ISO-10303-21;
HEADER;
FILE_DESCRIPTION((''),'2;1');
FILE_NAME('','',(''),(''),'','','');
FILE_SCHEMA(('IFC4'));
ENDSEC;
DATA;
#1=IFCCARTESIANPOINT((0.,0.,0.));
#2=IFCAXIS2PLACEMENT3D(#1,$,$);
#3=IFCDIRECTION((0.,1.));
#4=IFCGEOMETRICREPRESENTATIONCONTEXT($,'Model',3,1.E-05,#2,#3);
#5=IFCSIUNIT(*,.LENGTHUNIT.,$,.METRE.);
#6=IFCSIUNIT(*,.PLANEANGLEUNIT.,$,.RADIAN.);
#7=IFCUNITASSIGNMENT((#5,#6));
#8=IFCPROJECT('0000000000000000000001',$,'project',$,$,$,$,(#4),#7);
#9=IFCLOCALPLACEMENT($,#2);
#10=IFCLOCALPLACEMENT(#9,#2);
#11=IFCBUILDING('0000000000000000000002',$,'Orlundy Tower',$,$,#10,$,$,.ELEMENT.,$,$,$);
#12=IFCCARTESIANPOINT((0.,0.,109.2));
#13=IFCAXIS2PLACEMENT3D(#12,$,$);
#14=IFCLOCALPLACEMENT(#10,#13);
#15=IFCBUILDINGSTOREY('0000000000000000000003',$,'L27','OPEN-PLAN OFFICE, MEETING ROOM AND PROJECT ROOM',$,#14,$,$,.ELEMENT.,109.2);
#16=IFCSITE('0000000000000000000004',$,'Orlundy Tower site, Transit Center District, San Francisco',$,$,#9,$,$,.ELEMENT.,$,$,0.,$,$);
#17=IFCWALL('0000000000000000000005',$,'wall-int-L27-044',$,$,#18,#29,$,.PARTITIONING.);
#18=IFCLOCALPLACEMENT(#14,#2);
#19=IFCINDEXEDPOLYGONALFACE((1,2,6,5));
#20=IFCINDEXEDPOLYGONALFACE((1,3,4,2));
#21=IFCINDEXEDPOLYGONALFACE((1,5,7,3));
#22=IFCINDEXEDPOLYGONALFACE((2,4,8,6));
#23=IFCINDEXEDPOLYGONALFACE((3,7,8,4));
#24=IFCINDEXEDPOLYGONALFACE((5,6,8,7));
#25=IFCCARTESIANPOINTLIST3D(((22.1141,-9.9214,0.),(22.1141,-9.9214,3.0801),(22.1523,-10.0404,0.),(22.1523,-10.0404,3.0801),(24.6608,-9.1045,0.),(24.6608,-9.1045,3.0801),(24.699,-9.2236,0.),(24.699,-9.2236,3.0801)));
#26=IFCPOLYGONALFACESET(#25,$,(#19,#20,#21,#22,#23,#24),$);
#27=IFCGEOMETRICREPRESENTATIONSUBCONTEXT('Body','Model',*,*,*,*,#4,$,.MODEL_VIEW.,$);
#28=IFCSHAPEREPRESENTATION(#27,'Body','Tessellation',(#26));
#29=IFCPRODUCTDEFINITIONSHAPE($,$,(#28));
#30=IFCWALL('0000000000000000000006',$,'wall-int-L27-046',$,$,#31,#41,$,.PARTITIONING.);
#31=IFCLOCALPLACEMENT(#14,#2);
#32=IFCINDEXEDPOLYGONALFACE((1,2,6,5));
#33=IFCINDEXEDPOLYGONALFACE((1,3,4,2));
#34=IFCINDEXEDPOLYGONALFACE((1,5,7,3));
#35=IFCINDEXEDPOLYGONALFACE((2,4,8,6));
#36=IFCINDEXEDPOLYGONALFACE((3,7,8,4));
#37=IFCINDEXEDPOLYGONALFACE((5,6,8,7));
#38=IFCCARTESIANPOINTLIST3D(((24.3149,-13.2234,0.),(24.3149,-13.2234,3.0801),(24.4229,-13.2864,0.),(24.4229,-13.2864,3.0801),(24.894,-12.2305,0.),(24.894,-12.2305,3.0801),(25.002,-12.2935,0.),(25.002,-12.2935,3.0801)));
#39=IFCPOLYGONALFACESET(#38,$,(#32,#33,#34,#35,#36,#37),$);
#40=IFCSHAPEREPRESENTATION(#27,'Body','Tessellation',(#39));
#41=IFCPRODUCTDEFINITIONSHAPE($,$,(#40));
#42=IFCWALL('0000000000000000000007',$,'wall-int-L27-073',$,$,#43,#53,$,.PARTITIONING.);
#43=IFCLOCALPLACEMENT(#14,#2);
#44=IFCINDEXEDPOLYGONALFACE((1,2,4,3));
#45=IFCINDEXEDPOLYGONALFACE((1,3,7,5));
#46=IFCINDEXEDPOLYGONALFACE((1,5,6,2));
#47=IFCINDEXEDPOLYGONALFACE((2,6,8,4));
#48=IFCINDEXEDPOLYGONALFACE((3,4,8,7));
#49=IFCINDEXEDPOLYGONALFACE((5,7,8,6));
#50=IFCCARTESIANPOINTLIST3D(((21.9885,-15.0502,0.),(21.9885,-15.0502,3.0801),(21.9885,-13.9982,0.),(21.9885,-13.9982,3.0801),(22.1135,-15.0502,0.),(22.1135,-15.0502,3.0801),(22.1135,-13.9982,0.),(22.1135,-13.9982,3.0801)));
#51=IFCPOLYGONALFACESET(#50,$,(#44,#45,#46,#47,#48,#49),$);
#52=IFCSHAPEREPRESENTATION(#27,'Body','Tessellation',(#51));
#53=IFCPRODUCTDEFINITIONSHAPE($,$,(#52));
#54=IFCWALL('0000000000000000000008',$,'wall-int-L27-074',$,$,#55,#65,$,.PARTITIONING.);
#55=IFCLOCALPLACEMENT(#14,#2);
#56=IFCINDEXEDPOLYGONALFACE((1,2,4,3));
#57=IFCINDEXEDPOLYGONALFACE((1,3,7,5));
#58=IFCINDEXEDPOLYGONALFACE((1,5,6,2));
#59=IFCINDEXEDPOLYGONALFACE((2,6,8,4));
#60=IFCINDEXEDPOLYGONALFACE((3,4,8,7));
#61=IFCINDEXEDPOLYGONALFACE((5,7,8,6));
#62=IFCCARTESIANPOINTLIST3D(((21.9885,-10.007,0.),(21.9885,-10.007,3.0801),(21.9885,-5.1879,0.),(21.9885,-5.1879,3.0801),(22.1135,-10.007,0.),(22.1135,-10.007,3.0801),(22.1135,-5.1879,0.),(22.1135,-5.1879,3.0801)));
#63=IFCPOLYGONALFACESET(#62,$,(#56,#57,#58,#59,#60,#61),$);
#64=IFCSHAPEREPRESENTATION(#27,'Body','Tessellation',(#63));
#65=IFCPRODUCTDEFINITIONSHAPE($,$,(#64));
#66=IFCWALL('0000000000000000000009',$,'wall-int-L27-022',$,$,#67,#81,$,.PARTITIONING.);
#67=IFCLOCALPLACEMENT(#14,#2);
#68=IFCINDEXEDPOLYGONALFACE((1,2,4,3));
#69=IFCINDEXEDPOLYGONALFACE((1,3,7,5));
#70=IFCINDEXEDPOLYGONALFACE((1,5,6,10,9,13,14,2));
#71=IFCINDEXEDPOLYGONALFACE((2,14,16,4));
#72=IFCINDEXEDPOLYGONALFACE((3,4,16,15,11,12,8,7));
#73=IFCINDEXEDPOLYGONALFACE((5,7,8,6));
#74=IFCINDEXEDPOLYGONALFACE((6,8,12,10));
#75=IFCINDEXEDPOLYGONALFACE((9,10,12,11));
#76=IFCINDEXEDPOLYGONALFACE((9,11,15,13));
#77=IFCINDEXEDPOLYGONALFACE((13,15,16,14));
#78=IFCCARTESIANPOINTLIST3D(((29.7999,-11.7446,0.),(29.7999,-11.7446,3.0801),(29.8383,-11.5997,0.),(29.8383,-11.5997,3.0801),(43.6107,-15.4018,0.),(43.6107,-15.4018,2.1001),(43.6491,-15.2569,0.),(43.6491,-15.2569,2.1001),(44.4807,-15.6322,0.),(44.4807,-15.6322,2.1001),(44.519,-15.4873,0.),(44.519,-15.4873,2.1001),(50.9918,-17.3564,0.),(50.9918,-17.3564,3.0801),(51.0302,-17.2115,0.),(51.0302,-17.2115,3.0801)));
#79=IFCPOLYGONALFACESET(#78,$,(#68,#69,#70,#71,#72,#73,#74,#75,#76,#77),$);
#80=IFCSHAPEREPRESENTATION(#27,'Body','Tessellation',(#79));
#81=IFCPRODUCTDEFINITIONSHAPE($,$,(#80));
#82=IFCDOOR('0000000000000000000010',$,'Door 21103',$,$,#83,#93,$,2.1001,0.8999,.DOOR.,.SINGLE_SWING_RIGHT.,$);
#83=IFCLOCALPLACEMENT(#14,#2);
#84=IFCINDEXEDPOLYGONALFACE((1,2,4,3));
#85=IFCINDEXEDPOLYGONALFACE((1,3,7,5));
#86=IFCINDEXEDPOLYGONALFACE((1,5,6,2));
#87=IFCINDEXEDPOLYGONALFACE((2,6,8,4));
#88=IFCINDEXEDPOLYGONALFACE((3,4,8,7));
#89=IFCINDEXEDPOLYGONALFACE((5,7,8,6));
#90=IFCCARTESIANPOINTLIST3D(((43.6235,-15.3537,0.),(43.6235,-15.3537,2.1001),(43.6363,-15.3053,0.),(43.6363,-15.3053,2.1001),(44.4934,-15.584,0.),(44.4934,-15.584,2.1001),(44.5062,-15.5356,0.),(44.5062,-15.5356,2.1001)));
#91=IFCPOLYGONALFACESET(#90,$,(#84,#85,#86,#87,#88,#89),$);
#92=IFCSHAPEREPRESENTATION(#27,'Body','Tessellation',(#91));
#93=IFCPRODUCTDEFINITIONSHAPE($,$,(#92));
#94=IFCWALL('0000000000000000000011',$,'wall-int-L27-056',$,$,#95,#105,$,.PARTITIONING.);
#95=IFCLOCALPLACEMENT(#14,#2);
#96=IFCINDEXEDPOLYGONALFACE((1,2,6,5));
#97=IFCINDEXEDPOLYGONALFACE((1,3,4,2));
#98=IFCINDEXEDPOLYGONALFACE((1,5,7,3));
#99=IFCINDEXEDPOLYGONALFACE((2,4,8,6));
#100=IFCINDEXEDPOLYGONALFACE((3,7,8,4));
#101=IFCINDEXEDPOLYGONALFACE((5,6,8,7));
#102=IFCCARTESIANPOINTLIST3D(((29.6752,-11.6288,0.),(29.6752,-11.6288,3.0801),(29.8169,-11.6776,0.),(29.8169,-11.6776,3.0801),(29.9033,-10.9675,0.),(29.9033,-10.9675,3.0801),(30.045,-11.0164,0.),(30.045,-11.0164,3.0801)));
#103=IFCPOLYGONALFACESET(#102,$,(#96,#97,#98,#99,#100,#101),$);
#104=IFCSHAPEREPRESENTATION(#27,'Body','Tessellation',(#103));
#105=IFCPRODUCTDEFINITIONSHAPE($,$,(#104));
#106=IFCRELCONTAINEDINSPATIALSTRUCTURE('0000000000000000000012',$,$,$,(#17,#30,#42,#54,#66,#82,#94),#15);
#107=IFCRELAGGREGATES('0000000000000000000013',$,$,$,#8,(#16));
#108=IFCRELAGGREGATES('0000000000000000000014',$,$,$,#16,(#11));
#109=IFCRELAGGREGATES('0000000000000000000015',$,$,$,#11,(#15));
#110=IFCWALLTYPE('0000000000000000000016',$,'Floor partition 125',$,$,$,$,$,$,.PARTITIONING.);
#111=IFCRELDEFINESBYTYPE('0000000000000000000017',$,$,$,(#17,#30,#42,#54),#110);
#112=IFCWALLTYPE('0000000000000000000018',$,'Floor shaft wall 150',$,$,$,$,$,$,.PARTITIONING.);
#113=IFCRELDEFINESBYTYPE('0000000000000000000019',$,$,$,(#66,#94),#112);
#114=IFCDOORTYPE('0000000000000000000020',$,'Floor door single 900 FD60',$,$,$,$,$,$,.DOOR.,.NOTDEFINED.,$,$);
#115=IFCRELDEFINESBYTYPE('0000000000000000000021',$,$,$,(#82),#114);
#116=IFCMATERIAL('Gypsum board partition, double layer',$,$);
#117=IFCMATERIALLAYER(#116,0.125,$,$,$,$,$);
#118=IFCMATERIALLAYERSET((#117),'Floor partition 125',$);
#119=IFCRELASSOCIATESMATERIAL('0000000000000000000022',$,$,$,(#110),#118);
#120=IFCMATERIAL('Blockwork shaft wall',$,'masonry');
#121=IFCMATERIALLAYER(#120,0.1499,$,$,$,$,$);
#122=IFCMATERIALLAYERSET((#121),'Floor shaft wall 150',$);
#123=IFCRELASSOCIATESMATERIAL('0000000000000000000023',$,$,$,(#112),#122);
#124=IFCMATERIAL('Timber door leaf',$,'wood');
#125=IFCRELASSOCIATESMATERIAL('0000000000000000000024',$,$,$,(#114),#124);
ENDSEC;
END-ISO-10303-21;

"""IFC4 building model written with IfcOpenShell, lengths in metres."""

from ifc_helpers import new_model, si_unit, direction, frame, frame_2d, origin, place, context, subcontext, project, spatial, rectangle, extrude, material, layer, layer_set, type_object, element, fill, save


model = new_model("IFC4")

# Units and contexts
model_context = context("Model", 3, precision=1e-05, world=origin(), true_north=direction((0.0, 1.0)))
body_context = subcontext(model_context, "Body", "Model", "MODEL_VIEW")
ifc_project = project(units=[si_unit("LENGTHUNIT", "METRE"), si_unit("PLANEANGLEUNIT", "RADIAN")], contexts=[model_context])

# Site, building, storey
site_placement = place(None, origin())
site = spatial("IfcSite", under=ifc_project, at=site_placement, Name="Orlundy Tower site, Transit Center District, San Francisco", CompositionType="ELEMENT", RefElevation=0.0)
building_placement = place(site_placement, origin())
building = spatial("IfcBuilding", under=site, at=building_placement, Name="Orlundy Tower", CompositionType="ELEMENT")
storey_placement = place(building_placement, frame((0.0, 0.0, 109.2)))
storey = spatial("IfcBuildingStorey", under=building, at=storey_placement, Name="L27", Description="OPEN-PLAN OFFICE, MEETING ROOM AND PROJECT ROOM", CompositionType="ELEMENT", Elevation=109.2)

# Shared definitions
ifc_material_1 = material(Name="Gypsum board partition, double layer")
ifc_layer_1 = layer(ifc_material_1, 0.125)
ifc_layer_set_1 = layer_set([ifc_layer_1], Name="Floor partition 125")
wall_type_1 = type_object("IfcWallType", Name="Floor partition 125", PredefinedType="PARTITIONING", material=ifc_layer_set_1)

# Walls
wall_1_placement = place(storey_placement, frame((22.1331, -9.981, 0.0), z_axis=(0.0, 0.0, 1.0), x_axis=(0.952218, 0.305418, 0.0)))
element("IfcWall", 1, at=wall_1_placement, inside=storey, type_object=wall_type_1, Name="wall-int-L27-044", PredefinedType="PARTITIONING", context=body_context, shape_type="SweptSolid", body=[
    extrude(rectangle(XDim=2.6746, YDim=0.125, at=frame_2d((1.3374, 0.0))), origin(), (0.0, 0.0, 1.0), 3.0801),
])
wall_2_placement = place(storey_placement, frame((24.3689, -13.2549, 0.0), z_axis=(0.0, 0.0, 1.0), x_axis=(0.503805, 0.863817, 0.0)))
element("IfcWall", 2, at=wall_2_placement, inside=storey, type_object=wall_type_1, Name="wall-int-L27-046", PredefinedType="PARTITIONING", context=body_context, shape_type="SweptSolid", body=[
    extrude(rectangle(XDim=1.1494, YDim=0.125, at=frame_2d((0.5747, 0.0))), origin(), (0.0, 0.0, 1.0), 3.0801),
])
wall_3_placement = place(storey_placement, frame((22.051, -15.05, 0.0), z_axis=(0.0, 0.0, 1.0), x_axis=(0.0, 1.0, 0.0)))
element("IfcWall", 3, at=wall_3_placement, inside=storey, type_object=wall_type_1, Name="wall-int-L27-073", PredefinedType="PARTITIONING", context=body_context, shape_type="SweptSolid", body=[
    extrude(rectangle(XDim=1.052, YDim=0.125, at=frame_2d((0.5259, 0.0))), origin(), (0.0, 0.0, 1.0), 3.0801),
])
wall_4_placement = place(storey_placement, frame((22.051, -10.0071, 0.0), z_axis=(0.0, 0.0, 1.0), x_axis=(0.0, 1.0, 0.0)))
element("IfcWall", 4, at=wall_4_placement, inside=storey, type_object=wall_type_1, Name="wall-int-L27-074", PredefinedType="PARTITIONING", context=body_context, shape_type="SweptSolid", body=[
    extrude(rectangle(XDim=4.8191, YDim=0.125, at=frame_2d((2.4097, 0.0))), origin(), (0.0, 0.0, 1.0), 3.0801),
])

# Wall, opening, door
ifc_material_2 = material(Name="Blockwork shaft wall", Category="masonry")
ifc_layer_2 = layer(ifc_material_2, 0.1499)
ifc_layer_set_2 = layer_set([ifc_layer_2], Name="Floor shaft wall 150")
wall_type_2 = type_object("IfcWallType", Name="Floor shaft wall 150", PredefinedType="PARTITIONING", material=ifc_layer_set_2)
wall_5_placement = place(storey_placement, frame((29.8191, -11.6721, 0.0), z_axis=(0.0, 0.0, 1.0), x_axis=(0.96668, -0.255986, 0.0)))
wall_5 = element("IfcWall", 5, at=wall_5_placement, inside=storey, type_object=wall_type_2, Name="wall-int-L27-022", PredefinedType="PARTITIONING", context=body_context, shape_type="SweptSolid", body=[
    extrude(rectangle(XDim=21.9224, YDim=0.1499, at=frame_2d((10.9612, 0.0))), origin(), (0.0, 0.0, 1.0), 3.0801),
])
opening_1_placement = place(wall_5_placement, frame((14.2869, 0.0, 0.0)))
opening_1 = element("IfcOpeningElement", 6, at=opening_1_placement, cuts=wall_5, PredefinedType="OPENING", context=body_context, shape_type="SweptSolid", body=[
    extrude(rectangle(XDim=0.8999, YDim=2.1001, at=frame_2d((0.45, 1.05))), frame((0.0, 0.085, 0.0), z_axis=(0.0, -1.0, 0.0), x_axis=(1.0, 0.0, 0.0)), (0.0, 0.0, 1.0), 0.1699),
])
ifc_material_3 = material(Name="Timber door leaf", Category="wood")
door_type_1 = type_object("IfcDoorType", Name="Floor door single 900 FD60", OperationType="NOTDEFINED", PredefinedType="DOOR", material=ifc_material_3)
door_1_placement = place(opening_1_placement, origin())
door_1 = element("IfcDoor", 7, at=door_1_placement, inside=storey, type_object=door_type_1, Name="Door 21103", OperationType="SINGLE_SWING_RIGHT", OverallHeight=2.1001, OverallWidth=0.8999, PredefinedType="DOOR", context=body_context, shape_type="SweptSolid", body=[
    extrude(rectangle(XDim=0.8999, YDim=2.1001, at=frame_2d((0.45, 1.05))), frame((0.0, 0.0249, 0.0), z_axis=(0.0, -1.0, 0.0), x_axis=(1.0, 0.0, 0.0)), (0.0, 0.0, 1.0), 0.05),
])
fill(opening_1, door_1)

# Wall
wall_6_placement = place(storey_placement, frame((29.7461, -11.6531, 0.0), z_axis=(0.0, 0.0, 1.0), x_axis=(0.326055, 0.945351, 0.0)))
element("IfcWall", 8, at=wall_6_placement, inside=storey, type_object=wall_type_2, Name="wall-int-L27-056", PredefinedType="PARTITIONING", context=body_context, shape_type="SweptSolid", body=[
    extrude(rectangle(XDim=0.6995, YDim=0.1499, at=frame_2d((0.3496, 0.0))), origin(), (0.0, 0.0, 1.0), 3.0801),
])

save(model, "model.ifc")
